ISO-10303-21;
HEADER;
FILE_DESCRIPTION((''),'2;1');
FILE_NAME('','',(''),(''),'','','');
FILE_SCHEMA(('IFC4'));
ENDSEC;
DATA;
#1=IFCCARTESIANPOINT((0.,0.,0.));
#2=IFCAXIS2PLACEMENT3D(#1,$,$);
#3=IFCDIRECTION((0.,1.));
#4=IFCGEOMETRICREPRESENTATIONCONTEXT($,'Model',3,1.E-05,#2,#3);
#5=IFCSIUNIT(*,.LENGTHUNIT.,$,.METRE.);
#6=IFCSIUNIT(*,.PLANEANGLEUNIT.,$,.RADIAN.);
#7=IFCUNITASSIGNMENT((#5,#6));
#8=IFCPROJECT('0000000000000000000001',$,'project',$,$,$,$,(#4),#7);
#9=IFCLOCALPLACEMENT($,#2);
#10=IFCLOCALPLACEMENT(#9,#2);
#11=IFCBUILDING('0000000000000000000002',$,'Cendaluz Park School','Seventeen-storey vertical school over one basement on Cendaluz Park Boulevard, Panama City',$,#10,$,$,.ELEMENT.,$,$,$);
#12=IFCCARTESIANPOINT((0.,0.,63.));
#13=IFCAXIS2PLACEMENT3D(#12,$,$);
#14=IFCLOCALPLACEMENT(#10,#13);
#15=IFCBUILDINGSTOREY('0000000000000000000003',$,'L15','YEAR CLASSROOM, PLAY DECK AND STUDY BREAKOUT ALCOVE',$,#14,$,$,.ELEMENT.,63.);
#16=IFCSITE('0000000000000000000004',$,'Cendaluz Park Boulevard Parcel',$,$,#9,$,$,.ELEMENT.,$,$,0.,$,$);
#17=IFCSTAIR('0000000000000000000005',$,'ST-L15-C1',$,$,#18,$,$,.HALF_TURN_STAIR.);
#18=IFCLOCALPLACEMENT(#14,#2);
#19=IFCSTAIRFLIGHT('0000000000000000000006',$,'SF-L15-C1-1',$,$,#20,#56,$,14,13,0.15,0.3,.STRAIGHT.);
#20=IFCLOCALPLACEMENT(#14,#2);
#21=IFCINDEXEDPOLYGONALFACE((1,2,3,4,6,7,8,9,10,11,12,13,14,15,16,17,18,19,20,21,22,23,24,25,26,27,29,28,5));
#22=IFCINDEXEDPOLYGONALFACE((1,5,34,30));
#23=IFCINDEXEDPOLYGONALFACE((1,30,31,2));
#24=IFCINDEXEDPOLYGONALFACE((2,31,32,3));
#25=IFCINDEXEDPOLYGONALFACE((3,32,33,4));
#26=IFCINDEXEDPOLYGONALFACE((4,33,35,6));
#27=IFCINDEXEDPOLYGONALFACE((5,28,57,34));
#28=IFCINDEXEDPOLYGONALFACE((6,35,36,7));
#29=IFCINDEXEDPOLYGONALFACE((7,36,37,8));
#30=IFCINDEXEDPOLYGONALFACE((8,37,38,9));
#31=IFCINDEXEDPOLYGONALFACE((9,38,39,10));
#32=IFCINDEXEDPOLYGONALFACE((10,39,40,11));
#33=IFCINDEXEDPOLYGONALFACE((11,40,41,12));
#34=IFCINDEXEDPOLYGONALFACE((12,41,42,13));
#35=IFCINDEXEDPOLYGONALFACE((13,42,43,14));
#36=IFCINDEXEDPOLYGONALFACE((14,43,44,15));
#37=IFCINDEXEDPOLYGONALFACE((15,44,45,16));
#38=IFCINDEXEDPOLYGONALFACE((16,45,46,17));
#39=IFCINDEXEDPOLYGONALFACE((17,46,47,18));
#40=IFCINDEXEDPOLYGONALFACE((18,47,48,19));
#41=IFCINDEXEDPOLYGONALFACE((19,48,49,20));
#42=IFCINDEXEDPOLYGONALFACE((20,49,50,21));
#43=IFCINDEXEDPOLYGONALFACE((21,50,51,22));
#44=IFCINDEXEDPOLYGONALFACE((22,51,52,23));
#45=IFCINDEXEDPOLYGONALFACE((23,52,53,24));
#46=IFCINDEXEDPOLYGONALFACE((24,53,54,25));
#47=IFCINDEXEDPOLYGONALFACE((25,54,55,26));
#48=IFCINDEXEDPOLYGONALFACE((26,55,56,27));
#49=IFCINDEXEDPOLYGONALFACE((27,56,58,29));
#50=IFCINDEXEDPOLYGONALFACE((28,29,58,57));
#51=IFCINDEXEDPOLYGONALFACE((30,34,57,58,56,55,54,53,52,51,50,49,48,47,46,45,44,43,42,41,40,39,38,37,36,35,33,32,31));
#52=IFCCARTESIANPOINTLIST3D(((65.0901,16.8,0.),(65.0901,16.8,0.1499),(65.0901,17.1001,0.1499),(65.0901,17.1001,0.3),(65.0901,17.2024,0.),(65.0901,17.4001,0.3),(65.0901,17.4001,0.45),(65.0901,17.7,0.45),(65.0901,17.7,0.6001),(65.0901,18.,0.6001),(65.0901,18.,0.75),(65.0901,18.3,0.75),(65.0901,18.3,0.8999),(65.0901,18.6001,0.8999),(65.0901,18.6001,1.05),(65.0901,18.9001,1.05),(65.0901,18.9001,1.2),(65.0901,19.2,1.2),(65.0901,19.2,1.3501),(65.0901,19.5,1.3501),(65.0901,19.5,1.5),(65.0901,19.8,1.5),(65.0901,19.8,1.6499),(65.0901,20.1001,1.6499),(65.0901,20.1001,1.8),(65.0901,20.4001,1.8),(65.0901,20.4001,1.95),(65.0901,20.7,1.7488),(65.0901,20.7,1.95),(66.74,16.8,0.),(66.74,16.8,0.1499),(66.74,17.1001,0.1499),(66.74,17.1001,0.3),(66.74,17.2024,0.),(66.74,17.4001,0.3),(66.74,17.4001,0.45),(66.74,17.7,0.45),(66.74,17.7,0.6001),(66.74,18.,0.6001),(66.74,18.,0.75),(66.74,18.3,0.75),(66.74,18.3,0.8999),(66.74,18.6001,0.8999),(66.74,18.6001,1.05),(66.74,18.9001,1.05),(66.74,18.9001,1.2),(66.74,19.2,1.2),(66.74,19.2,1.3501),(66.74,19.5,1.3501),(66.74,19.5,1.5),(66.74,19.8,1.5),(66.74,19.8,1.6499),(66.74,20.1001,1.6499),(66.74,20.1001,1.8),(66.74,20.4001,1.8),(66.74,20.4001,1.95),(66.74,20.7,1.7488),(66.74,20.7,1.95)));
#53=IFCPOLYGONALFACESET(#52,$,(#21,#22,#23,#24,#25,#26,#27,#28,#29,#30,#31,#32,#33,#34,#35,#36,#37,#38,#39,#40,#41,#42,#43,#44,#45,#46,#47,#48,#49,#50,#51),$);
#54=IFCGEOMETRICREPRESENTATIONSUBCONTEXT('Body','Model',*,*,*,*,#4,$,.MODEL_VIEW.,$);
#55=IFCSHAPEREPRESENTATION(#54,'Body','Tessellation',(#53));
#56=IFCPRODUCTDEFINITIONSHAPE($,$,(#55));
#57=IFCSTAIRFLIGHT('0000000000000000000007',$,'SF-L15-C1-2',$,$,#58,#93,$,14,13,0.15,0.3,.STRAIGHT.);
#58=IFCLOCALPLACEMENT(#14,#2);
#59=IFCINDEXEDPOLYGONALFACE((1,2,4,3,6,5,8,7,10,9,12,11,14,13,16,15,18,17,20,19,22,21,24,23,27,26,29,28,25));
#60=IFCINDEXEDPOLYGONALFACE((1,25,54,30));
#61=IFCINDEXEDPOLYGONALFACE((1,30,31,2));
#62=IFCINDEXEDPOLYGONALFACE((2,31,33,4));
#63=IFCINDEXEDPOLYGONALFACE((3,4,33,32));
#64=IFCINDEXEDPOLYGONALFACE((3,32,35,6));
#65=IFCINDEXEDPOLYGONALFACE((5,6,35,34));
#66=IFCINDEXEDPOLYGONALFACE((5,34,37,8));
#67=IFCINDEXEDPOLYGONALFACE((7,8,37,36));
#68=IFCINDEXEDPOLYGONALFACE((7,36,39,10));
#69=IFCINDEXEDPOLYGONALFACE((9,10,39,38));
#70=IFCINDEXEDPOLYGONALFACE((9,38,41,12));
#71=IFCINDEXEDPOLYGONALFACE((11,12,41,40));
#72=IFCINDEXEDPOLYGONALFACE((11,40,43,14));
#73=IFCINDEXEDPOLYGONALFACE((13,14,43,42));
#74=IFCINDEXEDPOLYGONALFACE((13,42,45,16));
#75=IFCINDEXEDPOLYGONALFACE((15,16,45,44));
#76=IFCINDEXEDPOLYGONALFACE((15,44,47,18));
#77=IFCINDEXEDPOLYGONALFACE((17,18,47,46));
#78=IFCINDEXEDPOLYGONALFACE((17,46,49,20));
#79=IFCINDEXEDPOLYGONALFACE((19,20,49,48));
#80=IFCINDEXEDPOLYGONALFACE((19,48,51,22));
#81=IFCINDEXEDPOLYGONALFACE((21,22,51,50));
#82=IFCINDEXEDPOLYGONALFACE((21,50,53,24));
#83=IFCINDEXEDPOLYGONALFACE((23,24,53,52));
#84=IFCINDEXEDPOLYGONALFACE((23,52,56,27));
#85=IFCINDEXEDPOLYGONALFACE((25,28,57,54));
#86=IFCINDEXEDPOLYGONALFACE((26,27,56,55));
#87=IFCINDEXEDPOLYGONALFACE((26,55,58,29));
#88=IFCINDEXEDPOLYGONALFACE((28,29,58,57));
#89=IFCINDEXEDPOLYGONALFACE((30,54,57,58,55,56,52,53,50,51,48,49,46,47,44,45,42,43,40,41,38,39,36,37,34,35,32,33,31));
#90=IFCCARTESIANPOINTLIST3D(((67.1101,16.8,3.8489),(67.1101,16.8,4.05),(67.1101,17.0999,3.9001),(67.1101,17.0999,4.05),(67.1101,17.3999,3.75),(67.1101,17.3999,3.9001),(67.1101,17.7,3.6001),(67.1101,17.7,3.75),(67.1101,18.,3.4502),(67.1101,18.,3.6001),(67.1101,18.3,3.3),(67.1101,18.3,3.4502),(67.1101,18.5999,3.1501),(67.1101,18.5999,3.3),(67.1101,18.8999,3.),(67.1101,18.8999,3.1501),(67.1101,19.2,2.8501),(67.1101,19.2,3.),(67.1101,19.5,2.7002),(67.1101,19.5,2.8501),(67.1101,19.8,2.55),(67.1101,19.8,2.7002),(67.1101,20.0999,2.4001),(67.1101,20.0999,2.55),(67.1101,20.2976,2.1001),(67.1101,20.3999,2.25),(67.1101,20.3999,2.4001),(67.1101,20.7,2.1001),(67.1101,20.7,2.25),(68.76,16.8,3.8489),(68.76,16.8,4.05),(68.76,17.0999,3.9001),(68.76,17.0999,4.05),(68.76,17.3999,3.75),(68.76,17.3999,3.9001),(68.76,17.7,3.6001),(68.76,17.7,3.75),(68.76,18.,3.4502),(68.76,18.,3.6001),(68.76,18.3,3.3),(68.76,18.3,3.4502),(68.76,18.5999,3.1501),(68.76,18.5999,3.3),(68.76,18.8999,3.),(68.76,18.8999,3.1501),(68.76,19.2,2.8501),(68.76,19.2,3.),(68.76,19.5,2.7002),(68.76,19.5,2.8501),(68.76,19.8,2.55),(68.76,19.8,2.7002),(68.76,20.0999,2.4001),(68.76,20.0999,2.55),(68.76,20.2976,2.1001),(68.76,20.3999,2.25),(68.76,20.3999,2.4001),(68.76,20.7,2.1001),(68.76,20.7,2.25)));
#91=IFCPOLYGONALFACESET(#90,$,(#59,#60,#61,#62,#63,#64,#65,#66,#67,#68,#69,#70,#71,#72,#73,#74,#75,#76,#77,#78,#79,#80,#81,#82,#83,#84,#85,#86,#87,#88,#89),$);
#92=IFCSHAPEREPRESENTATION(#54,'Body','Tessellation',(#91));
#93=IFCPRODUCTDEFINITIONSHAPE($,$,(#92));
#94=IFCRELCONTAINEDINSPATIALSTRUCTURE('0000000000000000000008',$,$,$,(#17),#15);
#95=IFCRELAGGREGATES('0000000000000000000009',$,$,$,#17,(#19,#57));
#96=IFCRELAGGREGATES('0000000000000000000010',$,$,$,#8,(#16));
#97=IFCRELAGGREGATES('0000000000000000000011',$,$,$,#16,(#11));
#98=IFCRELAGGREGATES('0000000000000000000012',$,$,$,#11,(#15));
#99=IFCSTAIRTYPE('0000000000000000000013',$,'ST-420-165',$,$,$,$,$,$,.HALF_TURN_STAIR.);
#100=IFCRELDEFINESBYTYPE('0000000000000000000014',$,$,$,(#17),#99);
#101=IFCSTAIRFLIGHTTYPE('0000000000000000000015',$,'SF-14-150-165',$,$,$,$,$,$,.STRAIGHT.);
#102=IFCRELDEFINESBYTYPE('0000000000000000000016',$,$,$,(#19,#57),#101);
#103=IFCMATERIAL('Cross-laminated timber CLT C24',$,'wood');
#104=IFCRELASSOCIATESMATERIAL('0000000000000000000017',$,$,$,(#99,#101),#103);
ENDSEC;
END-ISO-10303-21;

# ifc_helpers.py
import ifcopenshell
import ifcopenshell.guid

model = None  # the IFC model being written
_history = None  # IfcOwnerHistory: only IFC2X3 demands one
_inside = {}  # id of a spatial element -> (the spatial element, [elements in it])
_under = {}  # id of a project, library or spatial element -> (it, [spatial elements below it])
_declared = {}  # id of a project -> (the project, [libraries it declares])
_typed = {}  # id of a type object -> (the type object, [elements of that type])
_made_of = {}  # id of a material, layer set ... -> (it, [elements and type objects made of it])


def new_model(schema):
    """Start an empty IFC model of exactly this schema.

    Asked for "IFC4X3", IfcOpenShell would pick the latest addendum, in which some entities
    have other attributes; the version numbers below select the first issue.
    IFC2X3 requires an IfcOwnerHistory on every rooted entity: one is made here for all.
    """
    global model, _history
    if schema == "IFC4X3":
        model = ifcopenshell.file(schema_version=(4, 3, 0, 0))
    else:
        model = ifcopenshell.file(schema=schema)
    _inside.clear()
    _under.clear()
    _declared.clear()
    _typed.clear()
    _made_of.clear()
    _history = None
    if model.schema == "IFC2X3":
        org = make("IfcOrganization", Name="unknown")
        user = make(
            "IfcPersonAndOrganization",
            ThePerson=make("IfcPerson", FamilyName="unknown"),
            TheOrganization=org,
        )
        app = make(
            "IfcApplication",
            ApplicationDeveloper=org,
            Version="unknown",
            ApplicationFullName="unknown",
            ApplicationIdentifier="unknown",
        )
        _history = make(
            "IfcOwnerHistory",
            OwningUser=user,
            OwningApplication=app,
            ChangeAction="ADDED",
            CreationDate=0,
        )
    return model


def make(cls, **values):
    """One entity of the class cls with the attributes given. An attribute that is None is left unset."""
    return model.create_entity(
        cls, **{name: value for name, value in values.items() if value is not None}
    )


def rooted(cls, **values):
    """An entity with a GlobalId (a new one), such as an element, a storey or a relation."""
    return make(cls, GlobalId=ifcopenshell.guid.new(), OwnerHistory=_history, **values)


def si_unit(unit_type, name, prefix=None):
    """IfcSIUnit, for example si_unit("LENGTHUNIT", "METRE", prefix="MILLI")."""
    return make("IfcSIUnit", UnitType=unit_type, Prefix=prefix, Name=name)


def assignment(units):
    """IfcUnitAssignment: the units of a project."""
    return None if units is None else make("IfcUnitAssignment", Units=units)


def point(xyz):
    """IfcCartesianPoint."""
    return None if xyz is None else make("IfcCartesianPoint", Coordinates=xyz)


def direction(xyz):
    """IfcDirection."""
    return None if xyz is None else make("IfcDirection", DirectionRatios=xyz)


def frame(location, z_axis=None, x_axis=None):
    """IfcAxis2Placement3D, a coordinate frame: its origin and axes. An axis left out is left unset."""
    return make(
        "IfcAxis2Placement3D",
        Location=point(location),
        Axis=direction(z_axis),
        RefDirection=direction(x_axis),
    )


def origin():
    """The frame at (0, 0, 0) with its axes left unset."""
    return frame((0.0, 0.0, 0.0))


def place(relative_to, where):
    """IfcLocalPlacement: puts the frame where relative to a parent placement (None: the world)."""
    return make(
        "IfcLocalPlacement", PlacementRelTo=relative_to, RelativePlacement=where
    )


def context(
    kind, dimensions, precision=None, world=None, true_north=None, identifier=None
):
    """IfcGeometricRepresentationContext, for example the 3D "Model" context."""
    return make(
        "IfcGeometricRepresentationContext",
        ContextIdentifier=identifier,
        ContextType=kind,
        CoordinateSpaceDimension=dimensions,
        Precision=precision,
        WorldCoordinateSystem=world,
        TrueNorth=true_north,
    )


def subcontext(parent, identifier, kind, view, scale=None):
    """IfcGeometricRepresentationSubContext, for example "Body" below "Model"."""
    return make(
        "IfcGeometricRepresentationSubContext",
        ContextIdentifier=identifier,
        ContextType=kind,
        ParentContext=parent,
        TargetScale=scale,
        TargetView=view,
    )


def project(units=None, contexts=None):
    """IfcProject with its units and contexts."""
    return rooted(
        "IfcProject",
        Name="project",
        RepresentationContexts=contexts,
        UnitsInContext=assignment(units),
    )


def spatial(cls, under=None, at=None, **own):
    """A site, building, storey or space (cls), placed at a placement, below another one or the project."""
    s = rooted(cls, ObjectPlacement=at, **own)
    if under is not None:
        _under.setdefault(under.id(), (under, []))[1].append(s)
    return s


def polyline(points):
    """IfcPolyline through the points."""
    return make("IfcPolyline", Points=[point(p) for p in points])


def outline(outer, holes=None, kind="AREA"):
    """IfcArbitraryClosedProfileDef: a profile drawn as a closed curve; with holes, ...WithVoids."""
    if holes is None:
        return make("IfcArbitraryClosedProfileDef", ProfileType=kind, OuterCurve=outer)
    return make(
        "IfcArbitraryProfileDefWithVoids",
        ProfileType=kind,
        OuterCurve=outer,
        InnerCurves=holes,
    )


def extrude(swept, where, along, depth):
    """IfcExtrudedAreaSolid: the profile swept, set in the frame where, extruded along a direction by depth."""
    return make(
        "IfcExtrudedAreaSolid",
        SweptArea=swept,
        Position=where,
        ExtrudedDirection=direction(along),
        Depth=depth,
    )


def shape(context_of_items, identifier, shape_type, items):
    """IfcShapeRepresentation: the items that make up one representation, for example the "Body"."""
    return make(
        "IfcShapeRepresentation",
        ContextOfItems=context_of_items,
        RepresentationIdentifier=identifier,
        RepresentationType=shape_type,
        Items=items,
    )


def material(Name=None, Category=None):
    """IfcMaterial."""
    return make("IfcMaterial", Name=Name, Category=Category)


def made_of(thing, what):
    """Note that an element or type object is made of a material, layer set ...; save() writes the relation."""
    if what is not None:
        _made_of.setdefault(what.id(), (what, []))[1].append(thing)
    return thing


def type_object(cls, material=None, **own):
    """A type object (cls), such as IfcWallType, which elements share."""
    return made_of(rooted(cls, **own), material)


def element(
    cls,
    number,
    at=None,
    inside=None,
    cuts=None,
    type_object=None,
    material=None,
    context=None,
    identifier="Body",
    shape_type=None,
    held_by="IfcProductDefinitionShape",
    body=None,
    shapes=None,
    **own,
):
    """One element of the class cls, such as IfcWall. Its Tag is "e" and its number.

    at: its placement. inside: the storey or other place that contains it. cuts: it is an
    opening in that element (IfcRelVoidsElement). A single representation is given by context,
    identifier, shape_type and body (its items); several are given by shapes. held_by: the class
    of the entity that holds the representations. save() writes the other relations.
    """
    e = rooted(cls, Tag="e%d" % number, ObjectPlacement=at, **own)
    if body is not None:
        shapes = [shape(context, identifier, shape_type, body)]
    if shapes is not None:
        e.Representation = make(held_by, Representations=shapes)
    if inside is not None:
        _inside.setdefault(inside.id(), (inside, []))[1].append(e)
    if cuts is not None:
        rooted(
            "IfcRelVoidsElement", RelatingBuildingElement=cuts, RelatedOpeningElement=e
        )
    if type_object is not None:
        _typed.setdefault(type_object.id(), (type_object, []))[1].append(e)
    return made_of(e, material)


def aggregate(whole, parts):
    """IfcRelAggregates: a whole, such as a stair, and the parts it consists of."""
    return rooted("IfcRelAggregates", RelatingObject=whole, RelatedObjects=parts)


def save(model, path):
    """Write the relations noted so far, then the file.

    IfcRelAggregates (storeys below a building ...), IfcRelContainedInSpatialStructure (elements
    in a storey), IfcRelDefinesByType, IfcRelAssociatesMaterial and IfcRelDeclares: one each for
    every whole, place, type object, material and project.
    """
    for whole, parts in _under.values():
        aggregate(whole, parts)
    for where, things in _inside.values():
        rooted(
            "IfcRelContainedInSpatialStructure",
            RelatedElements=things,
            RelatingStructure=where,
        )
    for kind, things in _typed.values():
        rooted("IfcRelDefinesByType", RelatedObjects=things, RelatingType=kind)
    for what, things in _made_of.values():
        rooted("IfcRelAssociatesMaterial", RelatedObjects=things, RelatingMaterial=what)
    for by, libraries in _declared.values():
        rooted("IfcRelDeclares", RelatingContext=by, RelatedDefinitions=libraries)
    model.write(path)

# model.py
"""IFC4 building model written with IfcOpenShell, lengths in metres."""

from ifc_helpers import new_model, si_unit, direction, frame, origin, place, context, subcontext, project, spatial, polyline, outline, extrude, material, type_object, element, aggregate, save


model = new_model("IFC4")

# Units and contexts
model_context = context("Model", 3, precision=1e-05, world=origin(), true_north=direction((0.0, 1.0)))
body_context = subcontext(model_context, "Body", "Model", "MODEL_VIEW")
ifc_project = project(units=[si_unit("LENGTHUNIT", "METRE"), si_unit("PLANEANGLEUNIT", "RADIAN")], contexts=[model_context])

# Site, building, storey
site_placement = place(None, origin())
site = spatial("IfcSite", under=ifc_project, at=site_placement, Name="Cendaluz Park Boulevard Parcel", CompositionType="ELEMENT", RefElevation=0.0)
building_placement = place(site_placement, origin())
building = spatial("IfcBuilding", under=site, at=building_placement, Name="Cendaluz Park School", Description="Seventeen-storey vertical school over one basement on Cendaluz Park Boulevard, Panama City", CompositionType="ELEMENT")
storey_placement = place(building_placement, frame((0.0, 0.0, 63.0)))
storey = spatial("IfcBuildingStorey", under=building, at=storey_placement, Name="L15", Description="YEAR CLASSROOM, PLAY DECK AND STUDY BREAKOUT ALCOVE", CompositionType="ELEMENT", Elevation=63.0)

# Stair, stair flights
ifc_material_1 = material(Name="Cross-laminated timber CLT C24", Category="wood")
stair_type = type_object("IfcStairType", Name="ST-420-165", PredefinedType="HALF_TURN_STAIR", material=ifc_material_1)
stair_placement = place(storey_placement, origin())
stair = element("IfcStair", 1, at=stair_placement, inside=storey, type_object=stair_type, Name="ST-L15-C1", PredefinedType="HALF_TURN_STAIR")
stair_flight_type = type_object("IfcStairFlightType", Name="SF-14-150-165", PredefinedType="STRAIGHT", material=ifc_material_1)
stair_flight_1_placement = place(storey_placement, frame((65.915, 16.8, 0.0), z_axis=(0.0, 0.0, 1.0), x_axis=(0.0, 1.0, 0.0)))
stair_flight_1 = element("IfcStairFlight", 2, at=stair_flight_1_placement, type_object=stair_flight_type, Name="SF-L15-C1-1", NumberOfRisers=14, NumberOfTreads=13, PredefinedType="STRAIGHT", RiserHeight=0.15, TreadLength=0.3, context=body_context, shape_type="SweptSolid", body=[
    extrude(outline(polyline([(0.0, 0.0), (0.0, 0.1499), (0.3, 0.1499), (0.3, 0.3), (0.6001, 0.3), (0.6001, 0.45), (0.8999, 0.45), (0.8999, 0.6001), (1.2, 0.6001), (1.2, 0.75), (1.5, 0.75), (1.5, 0.8999), (1.8, 0.8999), (1.8, 1.05), (2.1001, 1.05), (2.1001, 1.2), (2.3999, 1.2), (2.3999, 1.3501), (2.7, 1.3501), (2.7, 1.5), (3.0, 1.5), (3.0, 1.6499), (3.3, 1.6499), (3.3, 1.8), (3.6001, 1.8), (3.6001, 1.95), (3.8999, 1.95), (3.8999, 2.1001), (3.8999, 1.7488), (0.4023, 0.0), (0.0, 0.0)])), frame((0.0, 0.825, 0.0), z_axis=(0.0, -1.0, 0.0), x_axis=(1.0, 0.0, 0.0)), (0.0, 0.0, 1.0), 1.6499),
])
stair_flight_2_placement = place(storey_placement, frame((67.9351, 20.7, 2.1001), z_axis=(0.0, 0.0, 1.0), x_axis=(0.0, -1.0, 0.0)))
stair_flight_2 = element("IfcStairFlight", 3, at=stair_flight_2_placement, type_object=stair_flight_type, Name="SF-L15-C1-2", NumberOfRisers=14, NumberOfTreads=13, PredefinedType="STRAIGHT", RiserHeight=0.15, TreadLength=0.3, context=body_context, shape_type="SweptSolid", body=[
    extrude(outline(polyline([(0.0, 0.0), (0.0, 0.1499), (0.3, 0.1499), (0.3, 0.3), (0.6001, 0.3), (0.6001, 0.45), (0.8999, 0.45), (0.8999, 0.6001), (1.2, 0.6001), (1.2, 0.75), (1.5, 0.75), (1.5, 0.8999), (1.8, 0.8999), (1.8, 1.05), (2.1001, 1.05), (2.1001, 1.2), (2.3999, 1.2), (2.3999, 1.3501), (2.7, 1.3501), (2.7, 1.5), (3.0, 1.5), (3.0, 1.6499), (3.3, 1.6499), (3.3, 1.8), (3.6001, 1.8), (3.6001, 1.95), (3.8999, 1.95), (3.8999, 2.1001), (3.8999, 1.7488), (0.4023, 0.0), (0.0, 0.0)])), frame((0.0, 0.825, 0.0), z_axis=(0.0, -1.0, 0.0), x_axis=(1.0, 0.0, 0.0)), (0.0, 0.0, 1.0), 1.6499),
])
aggregate(stair, [stair_flight_1, stair_flight_2])

save(model, "model.ifc")
